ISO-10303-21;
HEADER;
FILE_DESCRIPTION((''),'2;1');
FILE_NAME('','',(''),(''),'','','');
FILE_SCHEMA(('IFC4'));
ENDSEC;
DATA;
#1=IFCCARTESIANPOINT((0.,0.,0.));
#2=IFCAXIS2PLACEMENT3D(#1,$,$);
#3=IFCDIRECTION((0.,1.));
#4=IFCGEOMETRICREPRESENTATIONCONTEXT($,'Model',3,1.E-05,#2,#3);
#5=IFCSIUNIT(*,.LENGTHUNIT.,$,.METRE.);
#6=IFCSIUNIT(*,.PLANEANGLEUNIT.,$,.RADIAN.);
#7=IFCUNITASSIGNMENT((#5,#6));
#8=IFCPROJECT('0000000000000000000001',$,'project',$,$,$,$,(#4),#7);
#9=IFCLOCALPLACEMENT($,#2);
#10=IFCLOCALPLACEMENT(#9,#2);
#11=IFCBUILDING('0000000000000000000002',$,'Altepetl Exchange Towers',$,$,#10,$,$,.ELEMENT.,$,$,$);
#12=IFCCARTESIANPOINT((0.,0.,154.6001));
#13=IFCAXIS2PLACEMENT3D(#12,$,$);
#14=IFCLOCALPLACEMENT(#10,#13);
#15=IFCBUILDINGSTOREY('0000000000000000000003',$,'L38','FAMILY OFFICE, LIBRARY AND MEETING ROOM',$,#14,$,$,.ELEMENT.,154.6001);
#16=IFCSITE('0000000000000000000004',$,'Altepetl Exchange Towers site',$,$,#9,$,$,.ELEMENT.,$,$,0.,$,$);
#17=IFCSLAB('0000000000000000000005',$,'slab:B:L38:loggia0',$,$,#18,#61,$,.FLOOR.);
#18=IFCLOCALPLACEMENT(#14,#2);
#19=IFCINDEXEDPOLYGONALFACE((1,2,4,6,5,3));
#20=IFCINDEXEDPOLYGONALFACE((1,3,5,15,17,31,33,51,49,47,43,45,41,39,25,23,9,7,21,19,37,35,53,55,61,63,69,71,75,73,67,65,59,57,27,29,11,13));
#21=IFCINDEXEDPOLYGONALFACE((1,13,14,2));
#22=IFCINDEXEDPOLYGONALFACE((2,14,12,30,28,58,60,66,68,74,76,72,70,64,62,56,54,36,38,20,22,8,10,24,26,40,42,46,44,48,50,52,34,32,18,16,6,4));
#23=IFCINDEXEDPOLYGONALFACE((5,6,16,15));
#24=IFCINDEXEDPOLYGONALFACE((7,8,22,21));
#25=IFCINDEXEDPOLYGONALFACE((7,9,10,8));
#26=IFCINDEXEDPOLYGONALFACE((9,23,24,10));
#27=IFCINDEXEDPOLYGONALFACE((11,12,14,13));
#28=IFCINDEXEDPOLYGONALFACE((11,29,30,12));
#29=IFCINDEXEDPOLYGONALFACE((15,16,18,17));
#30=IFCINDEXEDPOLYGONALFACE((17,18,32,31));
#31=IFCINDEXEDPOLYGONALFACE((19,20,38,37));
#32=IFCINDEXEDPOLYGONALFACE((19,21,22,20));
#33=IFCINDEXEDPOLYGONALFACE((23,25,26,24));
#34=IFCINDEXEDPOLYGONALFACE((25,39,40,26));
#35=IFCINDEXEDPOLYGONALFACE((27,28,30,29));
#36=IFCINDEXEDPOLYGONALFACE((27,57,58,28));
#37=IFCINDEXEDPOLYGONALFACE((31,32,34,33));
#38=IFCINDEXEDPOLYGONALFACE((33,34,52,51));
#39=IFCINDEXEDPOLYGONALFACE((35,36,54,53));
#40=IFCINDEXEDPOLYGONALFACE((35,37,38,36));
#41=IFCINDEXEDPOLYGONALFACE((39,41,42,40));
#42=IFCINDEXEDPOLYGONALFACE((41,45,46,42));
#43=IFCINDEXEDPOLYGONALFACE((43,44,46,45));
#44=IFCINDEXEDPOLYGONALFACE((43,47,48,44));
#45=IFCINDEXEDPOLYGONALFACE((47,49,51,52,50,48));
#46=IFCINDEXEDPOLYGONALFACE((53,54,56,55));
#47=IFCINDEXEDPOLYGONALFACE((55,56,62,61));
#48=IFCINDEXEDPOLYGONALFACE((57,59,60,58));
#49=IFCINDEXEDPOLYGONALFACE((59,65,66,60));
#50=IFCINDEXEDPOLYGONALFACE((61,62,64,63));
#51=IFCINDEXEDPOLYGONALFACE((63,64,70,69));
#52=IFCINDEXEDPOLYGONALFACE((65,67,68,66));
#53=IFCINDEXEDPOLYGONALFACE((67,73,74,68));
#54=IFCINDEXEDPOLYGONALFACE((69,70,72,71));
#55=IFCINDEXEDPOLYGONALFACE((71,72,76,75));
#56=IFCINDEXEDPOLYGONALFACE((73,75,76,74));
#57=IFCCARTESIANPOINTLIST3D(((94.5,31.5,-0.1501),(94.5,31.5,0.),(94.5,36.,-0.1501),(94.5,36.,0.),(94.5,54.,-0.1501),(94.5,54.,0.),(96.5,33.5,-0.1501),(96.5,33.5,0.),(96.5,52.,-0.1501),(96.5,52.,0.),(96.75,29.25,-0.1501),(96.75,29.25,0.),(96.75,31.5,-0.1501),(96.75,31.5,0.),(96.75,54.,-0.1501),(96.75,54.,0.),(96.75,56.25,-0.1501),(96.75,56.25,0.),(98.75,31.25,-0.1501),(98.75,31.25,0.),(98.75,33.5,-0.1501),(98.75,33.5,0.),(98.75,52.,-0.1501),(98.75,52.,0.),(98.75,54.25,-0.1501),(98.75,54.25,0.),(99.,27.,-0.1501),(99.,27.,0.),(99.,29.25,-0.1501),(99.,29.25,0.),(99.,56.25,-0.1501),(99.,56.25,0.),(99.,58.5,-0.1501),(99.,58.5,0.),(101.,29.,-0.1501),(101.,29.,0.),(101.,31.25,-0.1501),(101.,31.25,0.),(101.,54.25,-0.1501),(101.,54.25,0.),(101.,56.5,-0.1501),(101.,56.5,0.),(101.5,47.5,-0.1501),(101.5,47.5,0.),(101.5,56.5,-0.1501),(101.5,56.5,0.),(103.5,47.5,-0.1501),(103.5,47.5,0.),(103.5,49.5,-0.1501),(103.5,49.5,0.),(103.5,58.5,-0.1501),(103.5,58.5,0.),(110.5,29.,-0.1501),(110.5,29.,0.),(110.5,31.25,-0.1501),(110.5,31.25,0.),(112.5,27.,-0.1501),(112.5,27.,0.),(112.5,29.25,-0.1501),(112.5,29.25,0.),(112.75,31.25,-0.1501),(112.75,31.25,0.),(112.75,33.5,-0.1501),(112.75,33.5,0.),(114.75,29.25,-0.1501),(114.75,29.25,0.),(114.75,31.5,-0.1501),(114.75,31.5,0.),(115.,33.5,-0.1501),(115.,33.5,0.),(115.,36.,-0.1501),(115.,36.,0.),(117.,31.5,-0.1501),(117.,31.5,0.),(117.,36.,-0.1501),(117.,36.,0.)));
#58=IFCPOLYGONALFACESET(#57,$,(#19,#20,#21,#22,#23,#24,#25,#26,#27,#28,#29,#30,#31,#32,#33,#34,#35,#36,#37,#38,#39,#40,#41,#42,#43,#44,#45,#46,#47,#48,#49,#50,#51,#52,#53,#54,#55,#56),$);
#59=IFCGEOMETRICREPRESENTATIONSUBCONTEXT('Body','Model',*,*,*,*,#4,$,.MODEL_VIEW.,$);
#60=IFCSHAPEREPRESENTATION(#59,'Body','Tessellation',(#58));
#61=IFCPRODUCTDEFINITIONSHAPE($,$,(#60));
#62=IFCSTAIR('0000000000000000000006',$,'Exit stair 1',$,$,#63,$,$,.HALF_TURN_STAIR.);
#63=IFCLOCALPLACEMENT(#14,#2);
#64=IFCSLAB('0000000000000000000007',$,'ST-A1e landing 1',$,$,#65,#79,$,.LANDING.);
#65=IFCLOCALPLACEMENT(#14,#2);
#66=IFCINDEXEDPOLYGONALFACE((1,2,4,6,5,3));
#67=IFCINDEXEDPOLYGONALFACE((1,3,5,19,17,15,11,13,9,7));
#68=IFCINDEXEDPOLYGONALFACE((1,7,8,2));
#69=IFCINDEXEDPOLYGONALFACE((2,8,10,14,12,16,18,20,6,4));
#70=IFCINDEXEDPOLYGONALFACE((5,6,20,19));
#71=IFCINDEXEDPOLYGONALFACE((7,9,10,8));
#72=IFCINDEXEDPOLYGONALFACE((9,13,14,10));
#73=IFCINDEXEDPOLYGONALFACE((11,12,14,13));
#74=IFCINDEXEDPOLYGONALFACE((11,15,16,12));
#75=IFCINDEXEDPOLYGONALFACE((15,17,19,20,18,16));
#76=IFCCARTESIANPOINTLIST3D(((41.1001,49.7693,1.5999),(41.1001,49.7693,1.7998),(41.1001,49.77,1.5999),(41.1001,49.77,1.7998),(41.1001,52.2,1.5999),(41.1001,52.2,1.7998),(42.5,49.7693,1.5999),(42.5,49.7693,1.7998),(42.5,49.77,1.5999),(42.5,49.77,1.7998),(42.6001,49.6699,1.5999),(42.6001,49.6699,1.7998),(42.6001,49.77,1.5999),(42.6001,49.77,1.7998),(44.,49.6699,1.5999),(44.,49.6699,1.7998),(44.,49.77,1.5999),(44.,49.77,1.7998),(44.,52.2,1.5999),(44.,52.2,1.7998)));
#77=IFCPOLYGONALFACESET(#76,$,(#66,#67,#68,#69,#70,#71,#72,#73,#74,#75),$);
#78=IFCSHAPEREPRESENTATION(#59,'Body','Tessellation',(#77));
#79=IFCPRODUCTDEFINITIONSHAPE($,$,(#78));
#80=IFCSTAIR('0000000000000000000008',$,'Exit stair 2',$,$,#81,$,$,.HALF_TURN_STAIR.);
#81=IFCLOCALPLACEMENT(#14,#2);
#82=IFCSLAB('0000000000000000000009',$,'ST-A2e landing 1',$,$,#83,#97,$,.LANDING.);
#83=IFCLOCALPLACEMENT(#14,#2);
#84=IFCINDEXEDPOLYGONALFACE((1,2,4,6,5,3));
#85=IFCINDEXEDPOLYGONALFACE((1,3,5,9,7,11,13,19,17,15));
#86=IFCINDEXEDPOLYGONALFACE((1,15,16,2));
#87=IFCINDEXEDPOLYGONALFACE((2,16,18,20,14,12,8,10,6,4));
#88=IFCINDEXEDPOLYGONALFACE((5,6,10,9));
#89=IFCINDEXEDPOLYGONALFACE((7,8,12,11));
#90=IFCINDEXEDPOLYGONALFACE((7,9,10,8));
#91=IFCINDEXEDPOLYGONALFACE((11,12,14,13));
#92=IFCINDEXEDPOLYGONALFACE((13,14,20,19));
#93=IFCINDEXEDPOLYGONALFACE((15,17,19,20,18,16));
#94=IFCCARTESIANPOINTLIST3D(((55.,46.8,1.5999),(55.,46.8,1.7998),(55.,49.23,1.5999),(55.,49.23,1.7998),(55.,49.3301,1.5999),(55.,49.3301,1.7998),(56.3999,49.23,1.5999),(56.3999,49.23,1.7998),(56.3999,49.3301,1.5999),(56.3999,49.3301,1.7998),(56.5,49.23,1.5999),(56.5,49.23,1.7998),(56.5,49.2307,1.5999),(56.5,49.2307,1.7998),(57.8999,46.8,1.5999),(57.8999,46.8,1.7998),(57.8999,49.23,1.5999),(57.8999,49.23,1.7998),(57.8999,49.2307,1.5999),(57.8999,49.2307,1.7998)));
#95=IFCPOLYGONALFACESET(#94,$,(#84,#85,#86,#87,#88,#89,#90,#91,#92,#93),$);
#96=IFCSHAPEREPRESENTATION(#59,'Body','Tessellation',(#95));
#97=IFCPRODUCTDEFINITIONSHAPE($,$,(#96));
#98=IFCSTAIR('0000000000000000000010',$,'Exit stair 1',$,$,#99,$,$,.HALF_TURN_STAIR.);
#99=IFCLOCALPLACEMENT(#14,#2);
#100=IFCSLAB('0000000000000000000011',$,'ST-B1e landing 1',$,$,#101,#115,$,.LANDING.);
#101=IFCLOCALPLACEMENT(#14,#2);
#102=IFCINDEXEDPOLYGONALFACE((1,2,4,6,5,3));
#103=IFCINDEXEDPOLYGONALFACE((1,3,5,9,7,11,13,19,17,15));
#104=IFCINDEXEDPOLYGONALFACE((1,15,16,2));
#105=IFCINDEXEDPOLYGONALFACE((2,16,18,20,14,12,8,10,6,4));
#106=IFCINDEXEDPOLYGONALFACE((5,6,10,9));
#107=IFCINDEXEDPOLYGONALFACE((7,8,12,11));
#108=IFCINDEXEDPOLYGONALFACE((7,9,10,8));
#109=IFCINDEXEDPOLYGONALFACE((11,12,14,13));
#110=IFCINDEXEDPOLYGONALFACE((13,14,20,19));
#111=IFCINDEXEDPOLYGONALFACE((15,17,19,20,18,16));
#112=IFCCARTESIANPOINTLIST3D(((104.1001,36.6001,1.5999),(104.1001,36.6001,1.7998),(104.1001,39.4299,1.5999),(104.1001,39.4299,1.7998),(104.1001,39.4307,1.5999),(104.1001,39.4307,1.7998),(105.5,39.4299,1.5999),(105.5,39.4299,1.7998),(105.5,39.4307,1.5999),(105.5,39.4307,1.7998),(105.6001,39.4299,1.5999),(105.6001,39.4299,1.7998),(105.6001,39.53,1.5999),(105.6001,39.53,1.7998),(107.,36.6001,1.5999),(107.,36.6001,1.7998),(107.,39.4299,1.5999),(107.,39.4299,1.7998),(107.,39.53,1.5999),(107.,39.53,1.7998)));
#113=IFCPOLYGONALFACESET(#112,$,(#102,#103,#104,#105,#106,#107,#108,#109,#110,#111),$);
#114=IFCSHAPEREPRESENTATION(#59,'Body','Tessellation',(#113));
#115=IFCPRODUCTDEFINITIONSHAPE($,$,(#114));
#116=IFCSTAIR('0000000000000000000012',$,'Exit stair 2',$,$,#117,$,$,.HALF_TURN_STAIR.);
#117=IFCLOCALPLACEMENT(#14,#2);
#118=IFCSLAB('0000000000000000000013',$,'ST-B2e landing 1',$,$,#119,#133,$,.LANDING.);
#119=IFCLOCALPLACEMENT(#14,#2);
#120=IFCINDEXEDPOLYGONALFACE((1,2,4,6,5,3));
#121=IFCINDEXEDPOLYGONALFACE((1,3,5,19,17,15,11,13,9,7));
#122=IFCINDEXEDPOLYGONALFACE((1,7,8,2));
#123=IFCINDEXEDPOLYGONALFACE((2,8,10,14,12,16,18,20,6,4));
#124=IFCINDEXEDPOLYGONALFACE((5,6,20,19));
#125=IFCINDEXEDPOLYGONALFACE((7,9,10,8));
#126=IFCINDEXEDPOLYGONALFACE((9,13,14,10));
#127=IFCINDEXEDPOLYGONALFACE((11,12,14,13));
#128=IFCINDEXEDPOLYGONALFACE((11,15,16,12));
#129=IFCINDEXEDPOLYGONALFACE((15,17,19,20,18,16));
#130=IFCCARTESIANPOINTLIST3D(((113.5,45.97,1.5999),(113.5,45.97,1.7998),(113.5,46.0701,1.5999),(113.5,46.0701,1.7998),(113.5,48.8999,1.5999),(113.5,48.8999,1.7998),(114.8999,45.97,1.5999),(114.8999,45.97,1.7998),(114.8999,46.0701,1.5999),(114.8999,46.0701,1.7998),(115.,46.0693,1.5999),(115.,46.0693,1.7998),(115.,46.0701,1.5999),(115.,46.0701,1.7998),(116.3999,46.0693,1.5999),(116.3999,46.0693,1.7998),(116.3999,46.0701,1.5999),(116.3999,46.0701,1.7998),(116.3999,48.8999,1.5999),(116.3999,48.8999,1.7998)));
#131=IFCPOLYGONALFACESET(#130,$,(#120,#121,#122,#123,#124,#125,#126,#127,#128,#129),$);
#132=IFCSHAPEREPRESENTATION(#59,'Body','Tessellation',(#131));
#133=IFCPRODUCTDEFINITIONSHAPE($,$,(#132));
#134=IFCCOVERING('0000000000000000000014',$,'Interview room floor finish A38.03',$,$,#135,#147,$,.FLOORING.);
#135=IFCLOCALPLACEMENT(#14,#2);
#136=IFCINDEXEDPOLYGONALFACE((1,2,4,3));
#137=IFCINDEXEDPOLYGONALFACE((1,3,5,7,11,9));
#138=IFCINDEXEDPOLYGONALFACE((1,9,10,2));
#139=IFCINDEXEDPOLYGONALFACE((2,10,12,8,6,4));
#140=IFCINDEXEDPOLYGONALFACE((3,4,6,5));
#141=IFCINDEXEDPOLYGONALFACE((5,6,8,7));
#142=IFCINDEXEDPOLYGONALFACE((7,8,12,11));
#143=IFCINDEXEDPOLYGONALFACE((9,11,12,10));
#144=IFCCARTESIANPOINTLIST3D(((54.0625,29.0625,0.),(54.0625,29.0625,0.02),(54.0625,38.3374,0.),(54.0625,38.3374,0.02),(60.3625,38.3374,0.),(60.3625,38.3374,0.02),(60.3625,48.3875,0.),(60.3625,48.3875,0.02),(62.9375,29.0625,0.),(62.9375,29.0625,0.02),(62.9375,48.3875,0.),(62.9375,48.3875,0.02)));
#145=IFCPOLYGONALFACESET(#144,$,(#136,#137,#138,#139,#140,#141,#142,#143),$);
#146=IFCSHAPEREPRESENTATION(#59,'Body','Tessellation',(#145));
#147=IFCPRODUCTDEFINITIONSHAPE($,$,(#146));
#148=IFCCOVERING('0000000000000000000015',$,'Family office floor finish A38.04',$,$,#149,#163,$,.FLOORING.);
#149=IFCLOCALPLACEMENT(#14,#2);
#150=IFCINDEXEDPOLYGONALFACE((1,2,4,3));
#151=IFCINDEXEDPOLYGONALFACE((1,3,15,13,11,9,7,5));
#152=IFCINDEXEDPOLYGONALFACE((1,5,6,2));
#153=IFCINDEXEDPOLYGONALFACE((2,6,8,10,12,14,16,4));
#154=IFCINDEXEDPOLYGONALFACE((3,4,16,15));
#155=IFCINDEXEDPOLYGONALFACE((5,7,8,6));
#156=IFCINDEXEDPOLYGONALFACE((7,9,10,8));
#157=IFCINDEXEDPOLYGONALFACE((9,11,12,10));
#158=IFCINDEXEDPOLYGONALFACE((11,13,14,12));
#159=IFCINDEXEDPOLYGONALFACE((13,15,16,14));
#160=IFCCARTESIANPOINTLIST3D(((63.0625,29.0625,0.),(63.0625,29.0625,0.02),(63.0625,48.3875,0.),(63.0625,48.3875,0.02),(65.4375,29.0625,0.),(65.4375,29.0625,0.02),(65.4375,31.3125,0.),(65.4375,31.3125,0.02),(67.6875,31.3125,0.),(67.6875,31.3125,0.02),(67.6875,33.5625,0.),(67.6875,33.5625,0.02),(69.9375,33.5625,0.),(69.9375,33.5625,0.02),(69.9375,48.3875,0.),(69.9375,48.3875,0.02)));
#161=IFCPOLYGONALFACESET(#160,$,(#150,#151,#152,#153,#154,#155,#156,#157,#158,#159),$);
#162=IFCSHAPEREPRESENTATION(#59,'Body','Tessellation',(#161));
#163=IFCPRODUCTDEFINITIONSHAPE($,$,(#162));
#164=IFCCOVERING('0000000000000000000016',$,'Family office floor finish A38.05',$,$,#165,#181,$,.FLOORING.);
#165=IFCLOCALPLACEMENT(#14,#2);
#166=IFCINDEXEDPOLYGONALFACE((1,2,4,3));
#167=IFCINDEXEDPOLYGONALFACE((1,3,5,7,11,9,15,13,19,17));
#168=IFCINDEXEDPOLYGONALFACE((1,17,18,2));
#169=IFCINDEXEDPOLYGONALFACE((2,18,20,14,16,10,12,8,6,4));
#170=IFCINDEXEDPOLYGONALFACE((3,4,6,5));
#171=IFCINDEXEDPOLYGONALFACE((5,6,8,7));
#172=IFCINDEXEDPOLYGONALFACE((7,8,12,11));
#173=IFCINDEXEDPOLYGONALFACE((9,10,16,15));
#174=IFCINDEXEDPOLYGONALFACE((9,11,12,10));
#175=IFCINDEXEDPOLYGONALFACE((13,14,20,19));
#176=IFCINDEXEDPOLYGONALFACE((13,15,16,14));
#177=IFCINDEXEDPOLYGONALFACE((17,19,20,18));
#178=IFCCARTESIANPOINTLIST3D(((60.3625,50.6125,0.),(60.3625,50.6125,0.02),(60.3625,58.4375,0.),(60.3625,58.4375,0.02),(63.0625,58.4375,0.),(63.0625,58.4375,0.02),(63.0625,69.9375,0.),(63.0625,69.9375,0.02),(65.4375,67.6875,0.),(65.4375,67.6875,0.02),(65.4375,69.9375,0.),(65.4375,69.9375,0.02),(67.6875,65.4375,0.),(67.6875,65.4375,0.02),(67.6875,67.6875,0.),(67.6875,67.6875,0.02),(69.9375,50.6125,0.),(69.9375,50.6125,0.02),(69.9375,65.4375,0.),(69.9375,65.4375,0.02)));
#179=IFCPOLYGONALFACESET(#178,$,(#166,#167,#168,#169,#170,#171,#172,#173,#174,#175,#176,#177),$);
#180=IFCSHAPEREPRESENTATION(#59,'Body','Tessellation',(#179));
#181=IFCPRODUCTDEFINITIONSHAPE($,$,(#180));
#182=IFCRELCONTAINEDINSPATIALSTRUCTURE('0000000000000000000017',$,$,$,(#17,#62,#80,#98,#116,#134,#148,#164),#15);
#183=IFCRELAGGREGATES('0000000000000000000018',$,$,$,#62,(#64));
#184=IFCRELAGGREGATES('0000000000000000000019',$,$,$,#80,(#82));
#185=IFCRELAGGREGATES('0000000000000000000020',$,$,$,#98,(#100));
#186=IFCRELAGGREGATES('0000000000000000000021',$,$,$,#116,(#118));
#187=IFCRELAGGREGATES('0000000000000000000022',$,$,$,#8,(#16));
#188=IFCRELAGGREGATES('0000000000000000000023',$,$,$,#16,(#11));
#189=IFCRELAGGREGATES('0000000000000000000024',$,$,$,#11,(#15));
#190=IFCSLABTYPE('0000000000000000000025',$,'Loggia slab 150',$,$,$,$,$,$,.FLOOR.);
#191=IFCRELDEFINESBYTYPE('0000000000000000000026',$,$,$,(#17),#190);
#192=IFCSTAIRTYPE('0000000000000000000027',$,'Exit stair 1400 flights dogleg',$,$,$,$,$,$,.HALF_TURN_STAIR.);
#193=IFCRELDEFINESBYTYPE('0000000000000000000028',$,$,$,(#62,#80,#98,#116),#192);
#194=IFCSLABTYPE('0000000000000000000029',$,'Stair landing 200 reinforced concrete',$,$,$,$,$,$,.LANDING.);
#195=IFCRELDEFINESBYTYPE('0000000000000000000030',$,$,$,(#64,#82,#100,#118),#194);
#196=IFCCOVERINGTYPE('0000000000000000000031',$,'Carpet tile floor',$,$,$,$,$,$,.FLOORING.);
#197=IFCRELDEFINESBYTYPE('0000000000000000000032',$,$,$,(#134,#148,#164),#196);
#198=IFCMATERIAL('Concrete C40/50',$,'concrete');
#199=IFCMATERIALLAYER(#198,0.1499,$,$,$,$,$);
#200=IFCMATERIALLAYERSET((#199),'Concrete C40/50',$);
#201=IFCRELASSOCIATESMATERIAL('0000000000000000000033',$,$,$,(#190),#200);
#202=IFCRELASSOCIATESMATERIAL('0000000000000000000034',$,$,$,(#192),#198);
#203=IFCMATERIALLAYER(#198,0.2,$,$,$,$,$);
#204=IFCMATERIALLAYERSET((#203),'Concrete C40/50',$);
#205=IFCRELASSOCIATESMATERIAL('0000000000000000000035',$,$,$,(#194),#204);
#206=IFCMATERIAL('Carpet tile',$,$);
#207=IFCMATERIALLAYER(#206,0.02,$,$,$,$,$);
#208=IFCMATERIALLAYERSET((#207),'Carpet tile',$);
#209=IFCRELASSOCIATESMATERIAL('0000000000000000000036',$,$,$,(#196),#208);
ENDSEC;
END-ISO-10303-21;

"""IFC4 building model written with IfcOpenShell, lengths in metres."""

from ifc_helpers import new_model, si_unit, direction, frame, origin, place, context, subcontext, project, spatial, polyline, outline, extrude, material, layer, layer_set, type_object, element, aggregate, save


model = new_model("IFC4")

# Units and contexts
model_context = context("Model", 3, precision=1e-05, world=origin(), true_north=direction((0.0, 1.0)))
body_context = subcontext(model_context, "Body", "Model", "MODEL_VIEW")
ifc_project = project(units=[si_unit("LENGTHUNIT", "METRE"), si_unit("PLANEANGLEUNIT", "RADIAN")], contexts=[model_context])

# Site, building, storey
site_placement = place(None, origin())
site = spatial("IfcSite", under=ifc_project, at=site_placement, Name="Altepetl Exchange Towers site", CompositionType="ELEMENT", RefElevation=0.0)
building_placement = place(site_placement, origin())
building = spatial("IfcBuilding", under=site, at=building_placement, Name="Altepetl Exchange Towers", CompositionType="ELEMENT")
storey_placement = place(building_placement, frame((0.0, 0.0, 154.6001)))
storey = spatial("IfcBuildingStorey", under=building, at=storey_placement, Name="L38", Description="FAMILY OFFICE, LIBRARY AND MEETING ROOM", CompositionType="ELEMENT", Elevation=154.6001)

# Shared definitions
ifc_material_1 = material(Name="Concrete C40/50", Category="concrete")

# Slab
ifc_layer_1 = layer(ifc_material_1, 0.1499)
ifc_layer_set_1 = layer_set([ifc_layer_1], Name="Concrete C40/50")
slab_type_1 = type_object("IfcSlabType", Name="Loggia slab 150", PredefinedType="FLOOR", material=ifc_layer_set_1)
slab_1_placement = place(storey_placement, frame((0.0, 0.0, -0.1501)))
element("IfcSlab", 1, at=slab_1_placement, inside=storey, type_object=slab_type_1, Name="slab:B:L38:loggia0", PredefinedType="FLOOR", context=body_context, shape_type="SweptSolid", body=[
    extrude(outline(polyline([(99.0, 29.25), (99.0, 27.0), (112.5, 27.0), (112.5, 29.25), (114.75, 29.25), (114.75, 31.5), (117.0, 31.5), (117.0, 36.0), (115.0, 36.0), (115.0, 33.5), (112.75, 33.5), (112.75, 31.25), (110.5, 31.25), (110.5, 29.0), (101.0, 29.0), (101.0, 31.25), (98.75, 31.25), (98.75, 33.5), (96.5, 33.5), (96.5, 52.0), (98.75, 52.0), (98.75, 54.25), (101.0, 54.25), (101.0, 56.5), (101.5, 56.5), (101.5, 47.5), (103.5, 47.5), (103.5, 49.5), (103.5, 58.5), (99.0, 58.5), (99.0, 56.25), (96.75, 56.25), (96.75, 54.0), (94.5, 54.0), (94.5, 36.0), (94.5, 31.5), (96.75, 31.5), (96.75, 29.25), (99.0, 29.25)])), origin(), (0.0, 0.0, 1.0), 0.1501),
])

# Stairs, slabs
stair_type = type_object("IfcStairType", Name="Exit stair 1400 flights dogleg", PredefinedType="HALF_TURN_STAIR", material=ifc_material_1)
stair_1_placement = place(storey_placement, origin())
stair_1 = element("IfcStair", 2, at=stair_1_placement, inside=storey, type_object=stair_type, Name="Exit stair 1", PredefinedType="HALF_TURN_STAIR")
ifc_layer_2 = layer(ifc_material_1, 0.2)
ifc_layer_set_2 = layer_set([ifc_layer_2], Name="Concrete C40/50")
slab_type_2 = type_object("IfcSlabType", Name="Stair landing 200 reinforced concrete", PredefinedType="LANDING", material=ifc_layer_set_2)
slab_2_placement = place(storey_placement, frame((0.0, 0.0, 1.5999)))
slab_2 = element("IfcSlab", 3, at=slab_2_placement, type_object=slab_type_2, Name="ST-A1e landing 1", PredefinedType="LANDING", context=body_context, shape_type="SweptSolid", body=[
    extrude(outline(polyline([(44.0, 49.6699), (42.6001, 49.6699), (42.6001, 49.77), (42.5, 49.77), (42.5, 49.7693), (41.1001, 49.7693), (41.1001, 49.77), (41.1001, 52.2), (44.0, 52.2), (44.0, 49.77), (44.0, 49.6699)])), origin(), (0.0, 0.0, 1.0), 0.2),
])
aggregate(stair_1, [slab_2])
stair_2_placement = place(storey_placement, origin())
stair_2 = element("IfcStair", 4, at=stair_2_placement, inside=storey, type_object=stair_type, Name="Exit stair 2", PredefinedType="HALF_TURN_STAIR")
slab_3_placement = place(storey_placement, frame((0.0, 0.0, 1.5999)))
slab_3 = element("IfcSlab", 5, at=slab_3_placement, type_object=slab_type_2, Name="ST-A2e landing 1", PredefinedType="LANDING", context=body_context, shape_type="SweptSolid", body=[
    extrude(outline(polyline([(57.8999, 46.8), (55.0, 46.8), (55.0, 49.23), (55.0, 49.3301), (56.3999, 49.3301), (56.3999, 49.23), (56.5, 49.23), (56.5, 49.2307), (57.8999, 49.2307), (57.8999, 49.23), (57.8999, 46.8)])), origin(), (0.0, 0.0, 1.0), 0.2),
])
aggregate(stair_2, [slab_3])
stair_3_placement = place(storey_placement, origin())
stair_3 = element("IfcStair", 6, at=stair_3_placement, inside=storey, type_object=stair_type, Name="Exit stair 1", PredefinedType="HALF_TURN_STAIR")
slab_4_placement = place(storey_placement, frame((0.0, 0.0, 1.5999)))
slab_4 = element("IfcSlab", 7, at=slab_4_placement, type_object=slab_type_2, Name="ST-B1e landing 1", PredefinedType="LANDING", context=body_context, shape_type="SweptSolid", body=[
    extrude(outline(polyline([(107.0, 36.6001), (104.1001, 36.6001), (104.1001, 39.4299), (104.1001, 39.4307), (105.5, 39.4307), (105.5, 39.4299), (105.6001, 39.4299), (105.6001, 39.53), (107.0, 39.53), (107.0, 39.4299), (107.0, 36.6001)])), origin(), (0.0, 0.0, 1.0), 0.2),
])
aggregate(stair_3, [slab_4])
stair_4_placement = place(storey_placement, origin())
stair_4 = element("IfcStair", 8, at=stair_4_placement, inside=storey, type_object=stair_type, Name="Exit stair 2", PredefinedType="HALF_TURN_STAIR")
slab_5_placement = place(storey_placement, frame((0.0, 0.0, 1.5999)))
slab_5 = element("IfcSlab", 9, at=slab_5_placement, type_object=slab_type_2, Name="ST-B2e landing 1", PredefinedType="LANDING", context=body_context, shape_type="SweptSolid", body=[
    extrude(outline(polyline([(114.8999, 45.97), (113.5, 45.97), (113.5, 46.0701), (113.5, 48.8999), (116.3999, 48.8999), (116.3999, 46.0701), (116.3999, 46.0693), (115.0, 46.0693), (115.0, 46.0701), (114.8999, 46.0701), (114.8999, 45.97)])), origin(), (0.0, 0.0, 1.0), 0.2),
])
aggregate(stair_4, [slab_5])

# Coverings
ifc_material_2 = material(Name="Carpet tile")
ifc_layer_3 = layer(ifc_material_2, 0.02)
ifc_layer_set_3 = layer_set([ifc_layer_3], Name="Carpet tile")
covering_type_1 = type_object("IfcCoveringType", Name="Carpet tile floor", PredefinedType="FLOORING", material=ifc_layer_set_3)
covering_1_placement = place(storey_placement, origin())
element("IfcCovering", 10, at=covering_1_placement, inside=storey, type_object=covering_type_1, Name="Interview room floor finish A38.03", PredefinedType="FLOORING", context=body_context, shape_type="SweptSolid", body=[
    extrude(outline(polyline([(62.9375, 29.0625), (62.9375, 48.3875), (60.3625, 48.3875), (60.3625, 38.3374), (54.0625, 38.3374), (54.0625, 29.0625), (62.9375, 29.0625)])), origin(), (0.0, 0.0, 1.0), 0.02),
])
covering_2_placement = place(storey_placement, origin())
element("IfcCovering", 11, at=covering_2_placement, inside=storey, type_object=covering_type_1, Name="Family office floor finish A38.04", PredefinedType="FLOORING", context=body_context, shape_type="SweptSolid", body=[
    extrude(outline(polyline([(67.6875, 33.5625), (69.9375, 33.5625), (69.9375, 48.3875), (63.0625, 48.3875), (63.0625, 29.0625), (65.4375, 29.0625), (65.4375, 31.3125), (67.6875, 31.3125), (67.6875, 33.5625)])), origin(), (0.0, 0.0, 1.0), 0.02),
])
covering_3_placement = place(storey_placement, origin())
element("IfcCovering", 12, at=covering_3_placement, inside=storey, type_object=covering_type_1, Name="Family office floor finish A38.05", PredefinedType="FLOORING", context=body_context, shape_type="SweptSolid", body=[
    extrude(outline(polyline([(60.3625, 50.6125), (69.9375, 50.6125), (69.9375, 65.4375), (67.6875, 65.4375), (67.6875, 67.6875), (65.4375, 67.6875), (65.4375, 69.9375), (63.0625, 69.9375), (63.0625, 58.4375), (60.3625, 58.4375), (60.3625, 50.6125)])), origin(), (0.0, 0.0, 1.0), 0.02),
])

save(model, "model.ifc")
